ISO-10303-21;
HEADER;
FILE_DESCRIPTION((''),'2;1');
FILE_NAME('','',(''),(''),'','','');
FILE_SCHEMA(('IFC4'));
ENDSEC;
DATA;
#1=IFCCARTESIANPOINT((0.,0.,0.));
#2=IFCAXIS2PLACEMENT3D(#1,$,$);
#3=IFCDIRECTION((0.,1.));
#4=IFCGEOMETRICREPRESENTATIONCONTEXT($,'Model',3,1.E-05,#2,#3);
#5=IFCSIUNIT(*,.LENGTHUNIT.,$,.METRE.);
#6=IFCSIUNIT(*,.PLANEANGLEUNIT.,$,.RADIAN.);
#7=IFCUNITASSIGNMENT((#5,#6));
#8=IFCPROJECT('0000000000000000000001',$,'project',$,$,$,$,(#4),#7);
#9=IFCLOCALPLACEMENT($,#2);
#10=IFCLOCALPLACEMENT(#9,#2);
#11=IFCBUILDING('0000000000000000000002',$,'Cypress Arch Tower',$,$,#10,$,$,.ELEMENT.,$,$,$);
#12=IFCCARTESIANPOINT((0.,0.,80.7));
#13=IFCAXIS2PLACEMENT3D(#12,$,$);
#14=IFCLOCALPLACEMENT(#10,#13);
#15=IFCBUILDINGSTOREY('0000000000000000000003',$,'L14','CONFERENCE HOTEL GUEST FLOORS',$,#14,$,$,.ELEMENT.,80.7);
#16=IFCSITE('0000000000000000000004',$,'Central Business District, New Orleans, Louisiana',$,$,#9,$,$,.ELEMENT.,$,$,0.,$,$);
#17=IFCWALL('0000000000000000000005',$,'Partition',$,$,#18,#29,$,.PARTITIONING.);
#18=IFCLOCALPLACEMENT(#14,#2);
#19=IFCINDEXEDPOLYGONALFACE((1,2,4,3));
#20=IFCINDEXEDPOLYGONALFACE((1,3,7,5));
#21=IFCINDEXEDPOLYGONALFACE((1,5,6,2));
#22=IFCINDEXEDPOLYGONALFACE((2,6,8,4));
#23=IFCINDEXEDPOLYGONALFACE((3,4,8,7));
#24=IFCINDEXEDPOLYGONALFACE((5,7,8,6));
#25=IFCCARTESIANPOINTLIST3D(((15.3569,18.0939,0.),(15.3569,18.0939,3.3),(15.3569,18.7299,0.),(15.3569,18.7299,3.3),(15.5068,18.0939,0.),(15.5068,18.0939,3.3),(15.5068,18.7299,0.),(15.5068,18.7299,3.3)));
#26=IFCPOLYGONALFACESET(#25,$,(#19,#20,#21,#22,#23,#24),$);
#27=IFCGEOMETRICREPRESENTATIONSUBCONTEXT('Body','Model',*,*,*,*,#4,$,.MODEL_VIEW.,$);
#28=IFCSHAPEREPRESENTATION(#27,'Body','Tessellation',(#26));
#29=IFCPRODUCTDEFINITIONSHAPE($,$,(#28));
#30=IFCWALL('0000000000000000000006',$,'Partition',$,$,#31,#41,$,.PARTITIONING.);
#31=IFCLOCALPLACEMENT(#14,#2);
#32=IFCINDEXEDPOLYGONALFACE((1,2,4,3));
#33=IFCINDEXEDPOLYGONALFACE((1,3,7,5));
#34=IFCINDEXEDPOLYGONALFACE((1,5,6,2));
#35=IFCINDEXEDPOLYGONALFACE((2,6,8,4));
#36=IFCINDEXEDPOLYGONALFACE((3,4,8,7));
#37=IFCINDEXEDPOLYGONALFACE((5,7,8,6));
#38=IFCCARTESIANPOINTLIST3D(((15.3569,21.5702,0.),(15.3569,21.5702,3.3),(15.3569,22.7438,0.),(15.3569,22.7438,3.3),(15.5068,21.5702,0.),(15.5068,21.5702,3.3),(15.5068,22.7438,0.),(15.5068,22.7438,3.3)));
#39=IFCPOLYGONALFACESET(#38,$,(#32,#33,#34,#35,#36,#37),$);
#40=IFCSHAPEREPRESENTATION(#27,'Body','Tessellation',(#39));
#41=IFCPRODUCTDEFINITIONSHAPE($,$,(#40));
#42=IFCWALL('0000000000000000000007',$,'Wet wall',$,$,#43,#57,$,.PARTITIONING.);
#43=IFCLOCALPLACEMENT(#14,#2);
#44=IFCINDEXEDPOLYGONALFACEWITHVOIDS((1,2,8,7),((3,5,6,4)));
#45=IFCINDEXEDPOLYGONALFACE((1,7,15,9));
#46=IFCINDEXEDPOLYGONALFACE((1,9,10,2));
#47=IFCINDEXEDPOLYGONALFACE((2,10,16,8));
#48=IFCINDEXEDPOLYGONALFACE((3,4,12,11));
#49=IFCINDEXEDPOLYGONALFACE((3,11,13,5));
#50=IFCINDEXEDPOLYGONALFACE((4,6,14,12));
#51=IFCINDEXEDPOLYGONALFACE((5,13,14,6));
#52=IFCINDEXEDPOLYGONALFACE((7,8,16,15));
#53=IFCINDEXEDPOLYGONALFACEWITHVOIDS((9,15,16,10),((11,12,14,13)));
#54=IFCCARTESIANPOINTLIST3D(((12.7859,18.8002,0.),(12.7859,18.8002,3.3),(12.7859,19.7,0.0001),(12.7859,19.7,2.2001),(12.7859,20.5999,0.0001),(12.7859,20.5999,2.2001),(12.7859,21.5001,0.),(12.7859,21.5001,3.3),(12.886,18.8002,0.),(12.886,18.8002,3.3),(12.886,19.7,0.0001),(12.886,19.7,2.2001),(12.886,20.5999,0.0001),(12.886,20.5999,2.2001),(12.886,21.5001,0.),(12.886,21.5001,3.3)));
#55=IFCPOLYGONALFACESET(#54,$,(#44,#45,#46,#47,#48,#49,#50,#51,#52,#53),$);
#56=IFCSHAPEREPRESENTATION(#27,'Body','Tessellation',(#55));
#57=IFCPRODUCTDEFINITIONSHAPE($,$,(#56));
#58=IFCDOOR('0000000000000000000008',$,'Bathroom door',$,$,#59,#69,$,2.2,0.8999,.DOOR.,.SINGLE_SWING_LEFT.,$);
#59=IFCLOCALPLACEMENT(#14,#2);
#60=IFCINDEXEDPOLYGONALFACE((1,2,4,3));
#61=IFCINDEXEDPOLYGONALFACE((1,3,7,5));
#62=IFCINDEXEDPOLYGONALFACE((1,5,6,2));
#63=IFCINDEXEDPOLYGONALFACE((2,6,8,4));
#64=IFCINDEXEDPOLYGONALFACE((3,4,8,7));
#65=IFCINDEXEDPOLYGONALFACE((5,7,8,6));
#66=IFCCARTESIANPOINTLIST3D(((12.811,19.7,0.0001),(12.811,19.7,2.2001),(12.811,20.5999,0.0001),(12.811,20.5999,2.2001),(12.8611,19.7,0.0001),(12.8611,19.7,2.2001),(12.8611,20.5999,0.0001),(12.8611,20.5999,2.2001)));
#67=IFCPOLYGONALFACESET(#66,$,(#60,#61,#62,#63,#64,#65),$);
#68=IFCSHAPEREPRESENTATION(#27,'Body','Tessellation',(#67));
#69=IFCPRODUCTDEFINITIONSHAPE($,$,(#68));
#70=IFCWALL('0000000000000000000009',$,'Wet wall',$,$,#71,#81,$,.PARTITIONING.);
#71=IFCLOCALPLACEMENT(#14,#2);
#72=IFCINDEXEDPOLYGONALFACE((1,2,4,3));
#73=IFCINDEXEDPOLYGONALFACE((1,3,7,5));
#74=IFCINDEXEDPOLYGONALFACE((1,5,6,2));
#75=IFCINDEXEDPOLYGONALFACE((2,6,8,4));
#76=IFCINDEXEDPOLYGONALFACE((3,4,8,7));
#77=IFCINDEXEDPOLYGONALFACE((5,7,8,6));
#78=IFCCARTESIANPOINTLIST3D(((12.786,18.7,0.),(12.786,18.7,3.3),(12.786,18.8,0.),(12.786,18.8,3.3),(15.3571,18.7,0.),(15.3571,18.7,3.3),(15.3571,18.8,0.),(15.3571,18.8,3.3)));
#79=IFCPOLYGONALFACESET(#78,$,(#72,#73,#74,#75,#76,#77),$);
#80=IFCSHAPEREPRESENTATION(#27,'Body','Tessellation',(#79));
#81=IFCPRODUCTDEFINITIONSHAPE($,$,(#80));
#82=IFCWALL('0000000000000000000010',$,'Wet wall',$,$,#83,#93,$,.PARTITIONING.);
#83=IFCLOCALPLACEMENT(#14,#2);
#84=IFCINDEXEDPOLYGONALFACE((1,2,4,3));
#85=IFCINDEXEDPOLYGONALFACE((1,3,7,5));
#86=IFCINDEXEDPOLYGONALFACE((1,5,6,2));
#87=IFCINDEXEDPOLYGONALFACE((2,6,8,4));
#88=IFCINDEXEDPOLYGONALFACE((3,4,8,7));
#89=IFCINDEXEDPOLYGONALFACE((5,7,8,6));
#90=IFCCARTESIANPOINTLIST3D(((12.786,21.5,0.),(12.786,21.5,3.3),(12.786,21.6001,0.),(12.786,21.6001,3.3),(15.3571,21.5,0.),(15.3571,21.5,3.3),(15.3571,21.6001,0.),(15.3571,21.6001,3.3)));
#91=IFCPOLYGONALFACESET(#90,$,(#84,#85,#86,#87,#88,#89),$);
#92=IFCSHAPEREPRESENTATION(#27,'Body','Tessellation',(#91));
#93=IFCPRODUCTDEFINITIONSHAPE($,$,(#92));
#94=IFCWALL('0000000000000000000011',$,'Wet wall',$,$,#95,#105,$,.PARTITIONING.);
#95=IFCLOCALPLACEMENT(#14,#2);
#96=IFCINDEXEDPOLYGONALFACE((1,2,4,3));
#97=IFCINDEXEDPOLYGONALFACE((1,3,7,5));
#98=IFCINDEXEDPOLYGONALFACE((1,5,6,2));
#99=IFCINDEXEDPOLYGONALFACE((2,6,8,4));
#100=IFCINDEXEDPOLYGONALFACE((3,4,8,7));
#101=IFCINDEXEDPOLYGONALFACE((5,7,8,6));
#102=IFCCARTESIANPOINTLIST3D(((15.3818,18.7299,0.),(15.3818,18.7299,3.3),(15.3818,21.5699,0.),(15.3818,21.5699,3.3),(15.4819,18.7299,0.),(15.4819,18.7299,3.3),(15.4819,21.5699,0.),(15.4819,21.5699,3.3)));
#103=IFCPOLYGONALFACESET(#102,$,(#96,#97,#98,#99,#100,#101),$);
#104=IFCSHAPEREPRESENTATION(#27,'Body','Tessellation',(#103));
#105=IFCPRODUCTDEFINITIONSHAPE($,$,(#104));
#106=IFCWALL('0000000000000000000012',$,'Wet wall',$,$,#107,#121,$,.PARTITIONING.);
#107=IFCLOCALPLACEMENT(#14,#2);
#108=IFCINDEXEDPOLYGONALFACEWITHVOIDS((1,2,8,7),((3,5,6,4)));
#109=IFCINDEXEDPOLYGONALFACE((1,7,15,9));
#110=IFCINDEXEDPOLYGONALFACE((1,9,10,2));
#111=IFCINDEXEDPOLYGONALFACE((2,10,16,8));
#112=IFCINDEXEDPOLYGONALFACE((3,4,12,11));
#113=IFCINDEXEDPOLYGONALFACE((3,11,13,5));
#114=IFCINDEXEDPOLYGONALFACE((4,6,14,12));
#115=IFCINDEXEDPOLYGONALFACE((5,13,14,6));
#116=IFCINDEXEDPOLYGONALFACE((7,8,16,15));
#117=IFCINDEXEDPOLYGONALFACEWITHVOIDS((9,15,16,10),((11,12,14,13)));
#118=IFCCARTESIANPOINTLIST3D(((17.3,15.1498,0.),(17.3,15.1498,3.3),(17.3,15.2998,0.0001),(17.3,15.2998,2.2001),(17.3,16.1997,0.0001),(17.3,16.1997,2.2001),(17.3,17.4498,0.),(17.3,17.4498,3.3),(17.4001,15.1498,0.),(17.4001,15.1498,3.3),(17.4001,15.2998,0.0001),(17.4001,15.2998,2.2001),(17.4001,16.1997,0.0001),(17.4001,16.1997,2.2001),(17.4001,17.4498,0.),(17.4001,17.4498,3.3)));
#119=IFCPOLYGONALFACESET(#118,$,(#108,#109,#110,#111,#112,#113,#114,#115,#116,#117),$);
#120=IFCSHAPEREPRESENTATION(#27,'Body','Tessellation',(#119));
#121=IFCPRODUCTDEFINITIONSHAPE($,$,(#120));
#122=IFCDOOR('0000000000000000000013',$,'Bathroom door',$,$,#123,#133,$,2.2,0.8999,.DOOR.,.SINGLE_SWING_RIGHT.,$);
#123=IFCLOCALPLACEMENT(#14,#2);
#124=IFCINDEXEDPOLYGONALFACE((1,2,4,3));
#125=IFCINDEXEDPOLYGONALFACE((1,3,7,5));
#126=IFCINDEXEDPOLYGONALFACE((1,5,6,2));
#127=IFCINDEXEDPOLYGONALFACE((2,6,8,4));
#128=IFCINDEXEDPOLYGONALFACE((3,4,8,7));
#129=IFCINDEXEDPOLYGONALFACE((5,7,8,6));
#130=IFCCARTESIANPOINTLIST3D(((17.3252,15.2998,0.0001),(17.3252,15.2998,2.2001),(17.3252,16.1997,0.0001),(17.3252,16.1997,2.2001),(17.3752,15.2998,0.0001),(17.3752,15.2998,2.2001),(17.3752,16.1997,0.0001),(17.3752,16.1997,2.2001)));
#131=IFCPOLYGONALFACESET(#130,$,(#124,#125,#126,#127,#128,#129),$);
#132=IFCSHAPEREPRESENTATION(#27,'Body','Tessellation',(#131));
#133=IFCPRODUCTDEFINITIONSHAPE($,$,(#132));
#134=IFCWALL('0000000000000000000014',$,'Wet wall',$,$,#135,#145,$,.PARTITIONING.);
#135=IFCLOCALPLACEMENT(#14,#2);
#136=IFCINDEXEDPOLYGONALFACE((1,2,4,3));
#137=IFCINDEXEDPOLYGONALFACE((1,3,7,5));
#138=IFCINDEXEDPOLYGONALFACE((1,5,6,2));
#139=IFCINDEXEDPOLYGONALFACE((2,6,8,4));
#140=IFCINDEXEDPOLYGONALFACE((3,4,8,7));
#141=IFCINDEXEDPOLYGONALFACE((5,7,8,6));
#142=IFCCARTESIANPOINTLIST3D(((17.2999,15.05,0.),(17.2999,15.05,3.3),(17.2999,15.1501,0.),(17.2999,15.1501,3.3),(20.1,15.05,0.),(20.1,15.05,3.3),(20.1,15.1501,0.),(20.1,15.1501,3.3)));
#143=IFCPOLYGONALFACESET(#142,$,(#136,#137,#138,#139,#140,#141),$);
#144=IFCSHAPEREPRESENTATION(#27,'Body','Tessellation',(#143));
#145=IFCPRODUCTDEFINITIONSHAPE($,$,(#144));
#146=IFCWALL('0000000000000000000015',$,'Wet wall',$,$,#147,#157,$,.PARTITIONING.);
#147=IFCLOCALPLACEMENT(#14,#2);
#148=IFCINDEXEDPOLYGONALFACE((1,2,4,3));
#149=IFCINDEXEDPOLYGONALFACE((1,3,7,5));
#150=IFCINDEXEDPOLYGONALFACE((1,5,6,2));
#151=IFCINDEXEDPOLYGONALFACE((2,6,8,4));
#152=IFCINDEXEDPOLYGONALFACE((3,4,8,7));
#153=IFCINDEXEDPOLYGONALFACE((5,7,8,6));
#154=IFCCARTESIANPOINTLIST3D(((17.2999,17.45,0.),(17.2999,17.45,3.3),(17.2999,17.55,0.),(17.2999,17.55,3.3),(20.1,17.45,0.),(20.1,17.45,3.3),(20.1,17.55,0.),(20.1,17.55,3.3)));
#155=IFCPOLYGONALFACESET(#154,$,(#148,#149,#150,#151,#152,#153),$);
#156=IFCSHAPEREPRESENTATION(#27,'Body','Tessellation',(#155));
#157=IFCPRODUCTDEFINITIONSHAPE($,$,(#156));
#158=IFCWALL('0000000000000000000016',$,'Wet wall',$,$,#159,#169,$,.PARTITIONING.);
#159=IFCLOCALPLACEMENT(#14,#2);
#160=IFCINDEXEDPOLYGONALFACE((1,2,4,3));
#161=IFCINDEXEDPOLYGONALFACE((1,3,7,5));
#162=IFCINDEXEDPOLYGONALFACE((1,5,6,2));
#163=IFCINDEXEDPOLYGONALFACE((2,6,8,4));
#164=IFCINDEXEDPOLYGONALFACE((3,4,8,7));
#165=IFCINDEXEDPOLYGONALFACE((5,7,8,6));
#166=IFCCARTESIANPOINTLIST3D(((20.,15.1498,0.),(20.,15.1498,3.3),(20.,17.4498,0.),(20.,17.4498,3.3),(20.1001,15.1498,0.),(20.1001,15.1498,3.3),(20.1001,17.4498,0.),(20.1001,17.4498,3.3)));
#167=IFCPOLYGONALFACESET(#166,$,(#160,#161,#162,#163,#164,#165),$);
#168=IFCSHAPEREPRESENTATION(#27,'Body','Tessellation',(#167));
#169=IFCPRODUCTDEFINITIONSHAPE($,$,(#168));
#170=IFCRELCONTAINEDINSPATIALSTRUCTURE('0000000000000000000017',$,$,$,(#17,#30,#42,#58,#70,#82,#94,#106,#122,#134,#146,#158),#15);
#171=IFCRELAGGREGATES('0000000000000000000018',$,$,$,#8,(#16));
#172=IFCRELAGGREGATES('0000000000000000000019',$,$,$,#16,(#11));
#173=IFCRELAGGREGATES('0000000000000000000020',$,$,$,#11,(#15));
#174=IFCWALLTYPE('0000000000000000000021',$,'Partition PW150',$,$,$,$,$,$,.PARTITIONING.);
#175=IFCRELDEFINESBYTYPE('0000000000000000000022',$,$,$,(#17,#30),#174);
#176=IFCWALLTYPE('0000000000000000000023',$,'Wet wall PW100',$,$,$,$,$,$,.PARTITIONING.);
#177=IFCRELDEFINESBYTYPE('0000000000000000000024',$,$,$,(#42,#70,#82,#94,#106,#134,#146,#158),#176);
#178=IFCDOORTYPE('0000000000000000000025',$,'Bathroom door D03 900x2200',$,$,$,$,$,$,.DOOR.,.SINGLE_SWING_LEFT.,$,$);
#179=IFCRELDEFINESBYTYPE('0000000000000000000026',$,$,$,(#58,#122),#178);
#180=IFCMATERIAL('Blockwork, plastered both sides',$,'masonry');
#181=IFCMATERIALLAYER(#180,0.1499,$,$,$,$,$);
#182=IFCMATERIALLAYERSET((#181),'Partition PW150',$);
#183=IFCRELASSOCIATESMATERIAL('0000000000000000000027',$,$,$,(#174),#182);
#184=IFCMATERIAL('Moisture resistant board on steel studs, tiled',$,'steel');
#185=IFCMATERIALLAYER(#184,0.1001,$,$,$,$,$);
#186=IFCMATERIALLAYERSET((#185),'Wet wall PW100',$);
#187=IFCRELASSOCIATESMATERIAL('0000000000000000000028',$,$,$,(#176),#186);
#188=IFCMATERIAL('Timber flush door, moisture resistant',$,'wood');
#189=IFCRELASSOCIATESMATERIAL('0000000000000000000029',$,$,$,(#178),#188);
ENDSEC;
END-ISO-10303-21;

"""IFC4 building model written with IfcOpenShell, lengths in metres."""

from ifc_helpers import new_model, si_unit, direction, frame, frame_2d, origin, place, context, subcontext, project, spatial, rectangle, extrude, material, layer, layer_set, type_object, element, fill, save


model = new_model("IFC4")

# Units and contexts
model_context = context("Model", 3, precision=1e-05, world=origin(), true_north=direction((0.0, 1.0)))
body_context = subcontext(model_context, "Body", "Model", "MODEL_VIEW")
ifc_project = project(units=[si_unit("LENGTHUNIT", "METRE"), si_unit("PLANEANGLEUNIT", "RADIAN")], contexts=[model_context])

# Site, building, storey
site_placement = place(None, origin())
site = spatial("IfcSite", under=ifc_project, at=site_placement, Name="Central Business District, New Orleans, Louisiana", CompositionType="ELEMENT", RefElevation=0.0)
building_placement = place(site_placement, origin())
building = spatial("IfcBuilding", under=site, at=building_placement, Name="Cypress Arch Tower", CompositionType="ELEMENT")
storey_placement = place(building_placement, frame((0.0, 0.0, 80.7)))
storey = spatial("IfcBuildingStorey", under=building, at=storey_placement, Name="L14", Description="CONFERENCE HOTEL GUEST FLOORS", CompositionType="ELEMENT", Elevation=80.7)

# Walls
ifc_material_1 = material(Name="Blockwork, plastered both sides", Category="masonry")
ifc_layer_1 = layer(ifc_material_1, 0.1499)
ifc_layer_set_1 = layer_set([ifc_layer_1], Name="Partition PW150")
wall_type_1 = type_object("IfcWallType", Name="Partition PW150", PredefinedType="PARTITIONING", material=ifc_layer_set_1)
wall_1_placement = place(storey_placement, frame((15.4319, 18.094, 0.0), z_axis=(0.0, 0.0, 1.0), x_axis=(0.0, 1.0, 0.0)))
element("IfcWall", 1, at=wall_1_placement, inside=storey, type_object=wall_type_1, Name="Partition", PredefinedType="PARTITIONING", context=body_context, shape_type="SweptSolid", body=[
    extrude(rectangle(XDim=0.636, YDim=0.1499, at=frame_2d((0.3179, 0.0))), origin(), (0.0, 0.0, 1.0), 3.3),
])
wall_2_placement = place(storey_placement, frame((15.4319, 21.5701, 0.0), z_axis=(0.0, 0.0, 1.0), x_axis=(0.0, 1.0, 0.0)))
element("IfcWall", 2, at=wall_2_placement, inside=storey, type_object=wall_type_1, Name="Partition", PredefinedType="PARTITIONING", context=body_context, shape_type="SweptSolid", body=[
    extrude(rectangle(XDim=1.1736, YDim=0.1499, at=frame_2d((0.5869, 0.0))), origin(), (0.0, 0.0, 1.0), 3.3),
])

# Wall, opening, door
ifc_material_2 = material(Name="Moisture resistant board on steel studs, tiled", Category="steel")
ifc_layer_2 = layer(ifc_material_2, 0.1001)
ifc_layer_set_2 = layer_set([ifc_layer_2], Name="Wet wall PW100")
wall_type_2 = type_object("IfcWallType", Name="Wet wall PW100", PredefinedType="PARTITIONING", material=ifc_layer_set_2)
wall_3_placement = place(storey_placement, frame((12.8359, 18.8, 0.0), z_axis=(0.0, 0.0, 1.0), x_axis=(0.0, 1.0, 0.0)))
wall_3 = element("IfcWall", 3, at=wall_3_placement, inside=storey, type_object=wall_type_2, Name="Wet wall", PredefinedType="PARTITIONING", context=body_context, shape_type="SweptSolid", body=[
    extrude(rectangle(XDim=2.7, YDim=0.1001, at=frame_2d((1.3501, 0.0))), origin(), (0.0, 0.0, 1.0), 3.3),
])
opening_1_placement = place(wall_3_placement, frame((0.8999, 0.0, 0.0)))
opening_1 = element("IfcOpeningElement", 4, at=opening_1_placement, cuts=wall_3, PredefinedType="OPENING", context=body_context, shape_type="SweptSolid", body=[
    extrude(rectangle(XDim=0.8999, YDim=2.2, at=frame_2d((0.45, 1.1001))), frame((0.0, 0.0601, 0.0), z_axis=(0.0, -1.0, 0.0), x_axis=(1.0, 0.0, 0.0)), (0.0, 0.0, 1.0), 0.1201),
])
ifc_material_3 = material(Name="Timber flush door, moisture resistant", Category="wood")
door_type_1 = type_object("IfcDoorType", Name="Bathroom door D03 900x2200", OperationType="SINGLE_SWING_LEFT", PredefinedType="DOOR", material=ifc_material_3)
door_1_placement = place(opening_1_placement, origin())
door_1 = element("IfcDoor", 5, at=door_1_placement, inside=storey, type_object=door_type_1, Name="Bathroom door", OperationType="SINGLE_SWING_LEFT", OverallHeight=2.2, OverallWidth=0.8999, PredefinedType="DOOR", context=body_context, shape_type="SweptSolid", body=[
    extrude(rectangle(XDim=0.8999, YDim=2.2, at=frame_2d((0.45, 1.1001))), frame((0.0, 0.0249, 0.0), z_axis=(0.0, -1.0, 0.0), x_axis=(1.0, 0.0, 0.0)), (0.0, 0.0, 1.0), 0.05),
])
fill(opening_1, door_1)

# Walls
for number, where, z_axis, x_axis, name in (
    (6, (12.7859, 18.75, 0.0), (0.0, 0.0, 1.0), (1.0, 0.0, 0.0), "Wet wall"),
    (7, (12.7859, 21.55, 0.0), (0.0, 0.0, 1.0), (1.0, 0.0, 0.0), "Wet wall"),
):
    element("IfcWall", number, at=place(storey_placement, frame(where, z_axis=z_axis, x_axis=x_axis)), inside=storey, type_object=wall_type_2, Name=name, PredefinedType="PARTITIONING", context=body_context, shape_type="SweptSolid", body=[
        extrude(rectangle(XDim=2.571, YDim=0.1001, at=frame_2d((1.2856, 0.0))), origin(), (0.0, 0.0, 1.0), 3.3),
    ])
wall_4_placement = place(storey_placement, frame((15.4319, 18.73, 0.0), z_axis=(0.0, 0.0, 1.0), x_axis=(0.0, 1.0, 0.0)))
element("IfcWall", 8, at=wall_4_placement, inside=storey, type_object=wall_type_2, Name="Wet wall", PredefinedType="PARTITIONING", context=body_context, shape_type="SweptSolid", body=[
    extrude(rectangle(XDim=2.8401, YDim=0.1001, at=frame_2d((1.4199, 0.0))), origin(), (0.0, 0.0, 1.0), 3.3),
])

# Wall, opening, door
wall_5_placement = place(storey_placement, frame((17.3501, 15.1499, 0.0), z_axis=(0.0, 0.0, 1.0), x_axis=(0.0, 1.0, 0.0)))
wall_5 = element("IfcWall", 9, at=wall_5_placement, inside=storey, type_object=wall_type_2, Name="Wet wall", PredefinedType="PARTITIONING", context=body_context, shape_type="SweptSolid", body=[
    extrude(rectangle(XDim=2.3, YDim=0.1001, at=frame_2d((1.1499, 0.0))), origin(), (0.0, 0.0, 1.0), 3.3),
])
opening_2_placement = place(wall_5_placement, frame((0.1499, 0.0, 0.0)))
opening_2 = element("IfcOpeningElement", 10, at=opening_2_placement, cuts=wall_5, PredefinedType="OPENING", context=body_context, shape_type="SweptSolid", body=[
    extrude(rectangle(XDim=0.8999, YDim=2.2, at=frame_2d((0.45, 1.1001))), frame((0.0, 0.0601, 0.0), z_axis=(0.0, -1.0, 0.0), x_axis=(1.0, 0.0, 0.0)), (0.0, 0.0, 1.0), 0.1201),
])
door_2_placement = place(opening_2_placement, origin())
door_2 = element("IfcDoor", 11, at=door_2_placement, inside=storey, type_object=door_type_1, Name="Bathroom door", OperationType="SINGLE_SWING_RIGHT", OverallHeight=2.2, OverallWidth=0.8999, PredefinedType="DOOR", context=body_context, shape_type="SweptSolid", body=[
    extrude(rectangle(XDim=0.8999, YDim=2.2, at=frame_2d((0.45, 1.1001))), frame((0.0, 0.0249, 0.0), z_axis=(0.0, -1.0, 0.0), x_axis=(1.0, 0.0, 0.0)), (0.0, 0.0, 1.0), 0.05),
])
fill(opening_2, door_2)

# Walls
for number, where, z_axis, x_axis, name in (
    (12, (17.3, 15.1001, 0.0), (0.0, 0.0, 1.0), (1.0, 0.0, 0.0), "Wet wall"),
    (13, (17.3, 17.5, 0.0), (0.0, 0.0, 1.0), (1.0, 0.0, 0.0), "Wet wall"),
):
    element("IfcWall", number, at=place(storey_placement, frame(where, z_axis=z_axis, x_axis=x_axis)), inside=storey, type_object=wall_type_2, Name=name, PredefinedType="PARTITIONING", context=body_context, shape_type="SweptSolid", body=[
        extrude(rectangle(XDim=2.8, YDim=0.1001, at=frame_2d((1.3999, 0.0))), origin(), (0.0, 0.0, 1.0), 3.3),
    ])
wall_6_placement = place(storey_placement, frame((20.05, 15.1499, 0.0), z_axis=(0.0, 0.0, 1.0), x_axis=(0.0, 1.0, 0.0)))
element("IfcWall", 14, at=wall_6_placement, inside=storey, type_object=wall_type_2, Name="Wet wall", PredefinedType="PARTITIONING", context=body_context, shape_type="SweptSolid", body=[
    extrude(rectangle(XDim=2.3, YDim=0.1001, at=frame_2d((1.1499, 0.0))), origin(), (0.0, 0.0, 1.0), 3.3),
])

save(model, "model.ifc")
